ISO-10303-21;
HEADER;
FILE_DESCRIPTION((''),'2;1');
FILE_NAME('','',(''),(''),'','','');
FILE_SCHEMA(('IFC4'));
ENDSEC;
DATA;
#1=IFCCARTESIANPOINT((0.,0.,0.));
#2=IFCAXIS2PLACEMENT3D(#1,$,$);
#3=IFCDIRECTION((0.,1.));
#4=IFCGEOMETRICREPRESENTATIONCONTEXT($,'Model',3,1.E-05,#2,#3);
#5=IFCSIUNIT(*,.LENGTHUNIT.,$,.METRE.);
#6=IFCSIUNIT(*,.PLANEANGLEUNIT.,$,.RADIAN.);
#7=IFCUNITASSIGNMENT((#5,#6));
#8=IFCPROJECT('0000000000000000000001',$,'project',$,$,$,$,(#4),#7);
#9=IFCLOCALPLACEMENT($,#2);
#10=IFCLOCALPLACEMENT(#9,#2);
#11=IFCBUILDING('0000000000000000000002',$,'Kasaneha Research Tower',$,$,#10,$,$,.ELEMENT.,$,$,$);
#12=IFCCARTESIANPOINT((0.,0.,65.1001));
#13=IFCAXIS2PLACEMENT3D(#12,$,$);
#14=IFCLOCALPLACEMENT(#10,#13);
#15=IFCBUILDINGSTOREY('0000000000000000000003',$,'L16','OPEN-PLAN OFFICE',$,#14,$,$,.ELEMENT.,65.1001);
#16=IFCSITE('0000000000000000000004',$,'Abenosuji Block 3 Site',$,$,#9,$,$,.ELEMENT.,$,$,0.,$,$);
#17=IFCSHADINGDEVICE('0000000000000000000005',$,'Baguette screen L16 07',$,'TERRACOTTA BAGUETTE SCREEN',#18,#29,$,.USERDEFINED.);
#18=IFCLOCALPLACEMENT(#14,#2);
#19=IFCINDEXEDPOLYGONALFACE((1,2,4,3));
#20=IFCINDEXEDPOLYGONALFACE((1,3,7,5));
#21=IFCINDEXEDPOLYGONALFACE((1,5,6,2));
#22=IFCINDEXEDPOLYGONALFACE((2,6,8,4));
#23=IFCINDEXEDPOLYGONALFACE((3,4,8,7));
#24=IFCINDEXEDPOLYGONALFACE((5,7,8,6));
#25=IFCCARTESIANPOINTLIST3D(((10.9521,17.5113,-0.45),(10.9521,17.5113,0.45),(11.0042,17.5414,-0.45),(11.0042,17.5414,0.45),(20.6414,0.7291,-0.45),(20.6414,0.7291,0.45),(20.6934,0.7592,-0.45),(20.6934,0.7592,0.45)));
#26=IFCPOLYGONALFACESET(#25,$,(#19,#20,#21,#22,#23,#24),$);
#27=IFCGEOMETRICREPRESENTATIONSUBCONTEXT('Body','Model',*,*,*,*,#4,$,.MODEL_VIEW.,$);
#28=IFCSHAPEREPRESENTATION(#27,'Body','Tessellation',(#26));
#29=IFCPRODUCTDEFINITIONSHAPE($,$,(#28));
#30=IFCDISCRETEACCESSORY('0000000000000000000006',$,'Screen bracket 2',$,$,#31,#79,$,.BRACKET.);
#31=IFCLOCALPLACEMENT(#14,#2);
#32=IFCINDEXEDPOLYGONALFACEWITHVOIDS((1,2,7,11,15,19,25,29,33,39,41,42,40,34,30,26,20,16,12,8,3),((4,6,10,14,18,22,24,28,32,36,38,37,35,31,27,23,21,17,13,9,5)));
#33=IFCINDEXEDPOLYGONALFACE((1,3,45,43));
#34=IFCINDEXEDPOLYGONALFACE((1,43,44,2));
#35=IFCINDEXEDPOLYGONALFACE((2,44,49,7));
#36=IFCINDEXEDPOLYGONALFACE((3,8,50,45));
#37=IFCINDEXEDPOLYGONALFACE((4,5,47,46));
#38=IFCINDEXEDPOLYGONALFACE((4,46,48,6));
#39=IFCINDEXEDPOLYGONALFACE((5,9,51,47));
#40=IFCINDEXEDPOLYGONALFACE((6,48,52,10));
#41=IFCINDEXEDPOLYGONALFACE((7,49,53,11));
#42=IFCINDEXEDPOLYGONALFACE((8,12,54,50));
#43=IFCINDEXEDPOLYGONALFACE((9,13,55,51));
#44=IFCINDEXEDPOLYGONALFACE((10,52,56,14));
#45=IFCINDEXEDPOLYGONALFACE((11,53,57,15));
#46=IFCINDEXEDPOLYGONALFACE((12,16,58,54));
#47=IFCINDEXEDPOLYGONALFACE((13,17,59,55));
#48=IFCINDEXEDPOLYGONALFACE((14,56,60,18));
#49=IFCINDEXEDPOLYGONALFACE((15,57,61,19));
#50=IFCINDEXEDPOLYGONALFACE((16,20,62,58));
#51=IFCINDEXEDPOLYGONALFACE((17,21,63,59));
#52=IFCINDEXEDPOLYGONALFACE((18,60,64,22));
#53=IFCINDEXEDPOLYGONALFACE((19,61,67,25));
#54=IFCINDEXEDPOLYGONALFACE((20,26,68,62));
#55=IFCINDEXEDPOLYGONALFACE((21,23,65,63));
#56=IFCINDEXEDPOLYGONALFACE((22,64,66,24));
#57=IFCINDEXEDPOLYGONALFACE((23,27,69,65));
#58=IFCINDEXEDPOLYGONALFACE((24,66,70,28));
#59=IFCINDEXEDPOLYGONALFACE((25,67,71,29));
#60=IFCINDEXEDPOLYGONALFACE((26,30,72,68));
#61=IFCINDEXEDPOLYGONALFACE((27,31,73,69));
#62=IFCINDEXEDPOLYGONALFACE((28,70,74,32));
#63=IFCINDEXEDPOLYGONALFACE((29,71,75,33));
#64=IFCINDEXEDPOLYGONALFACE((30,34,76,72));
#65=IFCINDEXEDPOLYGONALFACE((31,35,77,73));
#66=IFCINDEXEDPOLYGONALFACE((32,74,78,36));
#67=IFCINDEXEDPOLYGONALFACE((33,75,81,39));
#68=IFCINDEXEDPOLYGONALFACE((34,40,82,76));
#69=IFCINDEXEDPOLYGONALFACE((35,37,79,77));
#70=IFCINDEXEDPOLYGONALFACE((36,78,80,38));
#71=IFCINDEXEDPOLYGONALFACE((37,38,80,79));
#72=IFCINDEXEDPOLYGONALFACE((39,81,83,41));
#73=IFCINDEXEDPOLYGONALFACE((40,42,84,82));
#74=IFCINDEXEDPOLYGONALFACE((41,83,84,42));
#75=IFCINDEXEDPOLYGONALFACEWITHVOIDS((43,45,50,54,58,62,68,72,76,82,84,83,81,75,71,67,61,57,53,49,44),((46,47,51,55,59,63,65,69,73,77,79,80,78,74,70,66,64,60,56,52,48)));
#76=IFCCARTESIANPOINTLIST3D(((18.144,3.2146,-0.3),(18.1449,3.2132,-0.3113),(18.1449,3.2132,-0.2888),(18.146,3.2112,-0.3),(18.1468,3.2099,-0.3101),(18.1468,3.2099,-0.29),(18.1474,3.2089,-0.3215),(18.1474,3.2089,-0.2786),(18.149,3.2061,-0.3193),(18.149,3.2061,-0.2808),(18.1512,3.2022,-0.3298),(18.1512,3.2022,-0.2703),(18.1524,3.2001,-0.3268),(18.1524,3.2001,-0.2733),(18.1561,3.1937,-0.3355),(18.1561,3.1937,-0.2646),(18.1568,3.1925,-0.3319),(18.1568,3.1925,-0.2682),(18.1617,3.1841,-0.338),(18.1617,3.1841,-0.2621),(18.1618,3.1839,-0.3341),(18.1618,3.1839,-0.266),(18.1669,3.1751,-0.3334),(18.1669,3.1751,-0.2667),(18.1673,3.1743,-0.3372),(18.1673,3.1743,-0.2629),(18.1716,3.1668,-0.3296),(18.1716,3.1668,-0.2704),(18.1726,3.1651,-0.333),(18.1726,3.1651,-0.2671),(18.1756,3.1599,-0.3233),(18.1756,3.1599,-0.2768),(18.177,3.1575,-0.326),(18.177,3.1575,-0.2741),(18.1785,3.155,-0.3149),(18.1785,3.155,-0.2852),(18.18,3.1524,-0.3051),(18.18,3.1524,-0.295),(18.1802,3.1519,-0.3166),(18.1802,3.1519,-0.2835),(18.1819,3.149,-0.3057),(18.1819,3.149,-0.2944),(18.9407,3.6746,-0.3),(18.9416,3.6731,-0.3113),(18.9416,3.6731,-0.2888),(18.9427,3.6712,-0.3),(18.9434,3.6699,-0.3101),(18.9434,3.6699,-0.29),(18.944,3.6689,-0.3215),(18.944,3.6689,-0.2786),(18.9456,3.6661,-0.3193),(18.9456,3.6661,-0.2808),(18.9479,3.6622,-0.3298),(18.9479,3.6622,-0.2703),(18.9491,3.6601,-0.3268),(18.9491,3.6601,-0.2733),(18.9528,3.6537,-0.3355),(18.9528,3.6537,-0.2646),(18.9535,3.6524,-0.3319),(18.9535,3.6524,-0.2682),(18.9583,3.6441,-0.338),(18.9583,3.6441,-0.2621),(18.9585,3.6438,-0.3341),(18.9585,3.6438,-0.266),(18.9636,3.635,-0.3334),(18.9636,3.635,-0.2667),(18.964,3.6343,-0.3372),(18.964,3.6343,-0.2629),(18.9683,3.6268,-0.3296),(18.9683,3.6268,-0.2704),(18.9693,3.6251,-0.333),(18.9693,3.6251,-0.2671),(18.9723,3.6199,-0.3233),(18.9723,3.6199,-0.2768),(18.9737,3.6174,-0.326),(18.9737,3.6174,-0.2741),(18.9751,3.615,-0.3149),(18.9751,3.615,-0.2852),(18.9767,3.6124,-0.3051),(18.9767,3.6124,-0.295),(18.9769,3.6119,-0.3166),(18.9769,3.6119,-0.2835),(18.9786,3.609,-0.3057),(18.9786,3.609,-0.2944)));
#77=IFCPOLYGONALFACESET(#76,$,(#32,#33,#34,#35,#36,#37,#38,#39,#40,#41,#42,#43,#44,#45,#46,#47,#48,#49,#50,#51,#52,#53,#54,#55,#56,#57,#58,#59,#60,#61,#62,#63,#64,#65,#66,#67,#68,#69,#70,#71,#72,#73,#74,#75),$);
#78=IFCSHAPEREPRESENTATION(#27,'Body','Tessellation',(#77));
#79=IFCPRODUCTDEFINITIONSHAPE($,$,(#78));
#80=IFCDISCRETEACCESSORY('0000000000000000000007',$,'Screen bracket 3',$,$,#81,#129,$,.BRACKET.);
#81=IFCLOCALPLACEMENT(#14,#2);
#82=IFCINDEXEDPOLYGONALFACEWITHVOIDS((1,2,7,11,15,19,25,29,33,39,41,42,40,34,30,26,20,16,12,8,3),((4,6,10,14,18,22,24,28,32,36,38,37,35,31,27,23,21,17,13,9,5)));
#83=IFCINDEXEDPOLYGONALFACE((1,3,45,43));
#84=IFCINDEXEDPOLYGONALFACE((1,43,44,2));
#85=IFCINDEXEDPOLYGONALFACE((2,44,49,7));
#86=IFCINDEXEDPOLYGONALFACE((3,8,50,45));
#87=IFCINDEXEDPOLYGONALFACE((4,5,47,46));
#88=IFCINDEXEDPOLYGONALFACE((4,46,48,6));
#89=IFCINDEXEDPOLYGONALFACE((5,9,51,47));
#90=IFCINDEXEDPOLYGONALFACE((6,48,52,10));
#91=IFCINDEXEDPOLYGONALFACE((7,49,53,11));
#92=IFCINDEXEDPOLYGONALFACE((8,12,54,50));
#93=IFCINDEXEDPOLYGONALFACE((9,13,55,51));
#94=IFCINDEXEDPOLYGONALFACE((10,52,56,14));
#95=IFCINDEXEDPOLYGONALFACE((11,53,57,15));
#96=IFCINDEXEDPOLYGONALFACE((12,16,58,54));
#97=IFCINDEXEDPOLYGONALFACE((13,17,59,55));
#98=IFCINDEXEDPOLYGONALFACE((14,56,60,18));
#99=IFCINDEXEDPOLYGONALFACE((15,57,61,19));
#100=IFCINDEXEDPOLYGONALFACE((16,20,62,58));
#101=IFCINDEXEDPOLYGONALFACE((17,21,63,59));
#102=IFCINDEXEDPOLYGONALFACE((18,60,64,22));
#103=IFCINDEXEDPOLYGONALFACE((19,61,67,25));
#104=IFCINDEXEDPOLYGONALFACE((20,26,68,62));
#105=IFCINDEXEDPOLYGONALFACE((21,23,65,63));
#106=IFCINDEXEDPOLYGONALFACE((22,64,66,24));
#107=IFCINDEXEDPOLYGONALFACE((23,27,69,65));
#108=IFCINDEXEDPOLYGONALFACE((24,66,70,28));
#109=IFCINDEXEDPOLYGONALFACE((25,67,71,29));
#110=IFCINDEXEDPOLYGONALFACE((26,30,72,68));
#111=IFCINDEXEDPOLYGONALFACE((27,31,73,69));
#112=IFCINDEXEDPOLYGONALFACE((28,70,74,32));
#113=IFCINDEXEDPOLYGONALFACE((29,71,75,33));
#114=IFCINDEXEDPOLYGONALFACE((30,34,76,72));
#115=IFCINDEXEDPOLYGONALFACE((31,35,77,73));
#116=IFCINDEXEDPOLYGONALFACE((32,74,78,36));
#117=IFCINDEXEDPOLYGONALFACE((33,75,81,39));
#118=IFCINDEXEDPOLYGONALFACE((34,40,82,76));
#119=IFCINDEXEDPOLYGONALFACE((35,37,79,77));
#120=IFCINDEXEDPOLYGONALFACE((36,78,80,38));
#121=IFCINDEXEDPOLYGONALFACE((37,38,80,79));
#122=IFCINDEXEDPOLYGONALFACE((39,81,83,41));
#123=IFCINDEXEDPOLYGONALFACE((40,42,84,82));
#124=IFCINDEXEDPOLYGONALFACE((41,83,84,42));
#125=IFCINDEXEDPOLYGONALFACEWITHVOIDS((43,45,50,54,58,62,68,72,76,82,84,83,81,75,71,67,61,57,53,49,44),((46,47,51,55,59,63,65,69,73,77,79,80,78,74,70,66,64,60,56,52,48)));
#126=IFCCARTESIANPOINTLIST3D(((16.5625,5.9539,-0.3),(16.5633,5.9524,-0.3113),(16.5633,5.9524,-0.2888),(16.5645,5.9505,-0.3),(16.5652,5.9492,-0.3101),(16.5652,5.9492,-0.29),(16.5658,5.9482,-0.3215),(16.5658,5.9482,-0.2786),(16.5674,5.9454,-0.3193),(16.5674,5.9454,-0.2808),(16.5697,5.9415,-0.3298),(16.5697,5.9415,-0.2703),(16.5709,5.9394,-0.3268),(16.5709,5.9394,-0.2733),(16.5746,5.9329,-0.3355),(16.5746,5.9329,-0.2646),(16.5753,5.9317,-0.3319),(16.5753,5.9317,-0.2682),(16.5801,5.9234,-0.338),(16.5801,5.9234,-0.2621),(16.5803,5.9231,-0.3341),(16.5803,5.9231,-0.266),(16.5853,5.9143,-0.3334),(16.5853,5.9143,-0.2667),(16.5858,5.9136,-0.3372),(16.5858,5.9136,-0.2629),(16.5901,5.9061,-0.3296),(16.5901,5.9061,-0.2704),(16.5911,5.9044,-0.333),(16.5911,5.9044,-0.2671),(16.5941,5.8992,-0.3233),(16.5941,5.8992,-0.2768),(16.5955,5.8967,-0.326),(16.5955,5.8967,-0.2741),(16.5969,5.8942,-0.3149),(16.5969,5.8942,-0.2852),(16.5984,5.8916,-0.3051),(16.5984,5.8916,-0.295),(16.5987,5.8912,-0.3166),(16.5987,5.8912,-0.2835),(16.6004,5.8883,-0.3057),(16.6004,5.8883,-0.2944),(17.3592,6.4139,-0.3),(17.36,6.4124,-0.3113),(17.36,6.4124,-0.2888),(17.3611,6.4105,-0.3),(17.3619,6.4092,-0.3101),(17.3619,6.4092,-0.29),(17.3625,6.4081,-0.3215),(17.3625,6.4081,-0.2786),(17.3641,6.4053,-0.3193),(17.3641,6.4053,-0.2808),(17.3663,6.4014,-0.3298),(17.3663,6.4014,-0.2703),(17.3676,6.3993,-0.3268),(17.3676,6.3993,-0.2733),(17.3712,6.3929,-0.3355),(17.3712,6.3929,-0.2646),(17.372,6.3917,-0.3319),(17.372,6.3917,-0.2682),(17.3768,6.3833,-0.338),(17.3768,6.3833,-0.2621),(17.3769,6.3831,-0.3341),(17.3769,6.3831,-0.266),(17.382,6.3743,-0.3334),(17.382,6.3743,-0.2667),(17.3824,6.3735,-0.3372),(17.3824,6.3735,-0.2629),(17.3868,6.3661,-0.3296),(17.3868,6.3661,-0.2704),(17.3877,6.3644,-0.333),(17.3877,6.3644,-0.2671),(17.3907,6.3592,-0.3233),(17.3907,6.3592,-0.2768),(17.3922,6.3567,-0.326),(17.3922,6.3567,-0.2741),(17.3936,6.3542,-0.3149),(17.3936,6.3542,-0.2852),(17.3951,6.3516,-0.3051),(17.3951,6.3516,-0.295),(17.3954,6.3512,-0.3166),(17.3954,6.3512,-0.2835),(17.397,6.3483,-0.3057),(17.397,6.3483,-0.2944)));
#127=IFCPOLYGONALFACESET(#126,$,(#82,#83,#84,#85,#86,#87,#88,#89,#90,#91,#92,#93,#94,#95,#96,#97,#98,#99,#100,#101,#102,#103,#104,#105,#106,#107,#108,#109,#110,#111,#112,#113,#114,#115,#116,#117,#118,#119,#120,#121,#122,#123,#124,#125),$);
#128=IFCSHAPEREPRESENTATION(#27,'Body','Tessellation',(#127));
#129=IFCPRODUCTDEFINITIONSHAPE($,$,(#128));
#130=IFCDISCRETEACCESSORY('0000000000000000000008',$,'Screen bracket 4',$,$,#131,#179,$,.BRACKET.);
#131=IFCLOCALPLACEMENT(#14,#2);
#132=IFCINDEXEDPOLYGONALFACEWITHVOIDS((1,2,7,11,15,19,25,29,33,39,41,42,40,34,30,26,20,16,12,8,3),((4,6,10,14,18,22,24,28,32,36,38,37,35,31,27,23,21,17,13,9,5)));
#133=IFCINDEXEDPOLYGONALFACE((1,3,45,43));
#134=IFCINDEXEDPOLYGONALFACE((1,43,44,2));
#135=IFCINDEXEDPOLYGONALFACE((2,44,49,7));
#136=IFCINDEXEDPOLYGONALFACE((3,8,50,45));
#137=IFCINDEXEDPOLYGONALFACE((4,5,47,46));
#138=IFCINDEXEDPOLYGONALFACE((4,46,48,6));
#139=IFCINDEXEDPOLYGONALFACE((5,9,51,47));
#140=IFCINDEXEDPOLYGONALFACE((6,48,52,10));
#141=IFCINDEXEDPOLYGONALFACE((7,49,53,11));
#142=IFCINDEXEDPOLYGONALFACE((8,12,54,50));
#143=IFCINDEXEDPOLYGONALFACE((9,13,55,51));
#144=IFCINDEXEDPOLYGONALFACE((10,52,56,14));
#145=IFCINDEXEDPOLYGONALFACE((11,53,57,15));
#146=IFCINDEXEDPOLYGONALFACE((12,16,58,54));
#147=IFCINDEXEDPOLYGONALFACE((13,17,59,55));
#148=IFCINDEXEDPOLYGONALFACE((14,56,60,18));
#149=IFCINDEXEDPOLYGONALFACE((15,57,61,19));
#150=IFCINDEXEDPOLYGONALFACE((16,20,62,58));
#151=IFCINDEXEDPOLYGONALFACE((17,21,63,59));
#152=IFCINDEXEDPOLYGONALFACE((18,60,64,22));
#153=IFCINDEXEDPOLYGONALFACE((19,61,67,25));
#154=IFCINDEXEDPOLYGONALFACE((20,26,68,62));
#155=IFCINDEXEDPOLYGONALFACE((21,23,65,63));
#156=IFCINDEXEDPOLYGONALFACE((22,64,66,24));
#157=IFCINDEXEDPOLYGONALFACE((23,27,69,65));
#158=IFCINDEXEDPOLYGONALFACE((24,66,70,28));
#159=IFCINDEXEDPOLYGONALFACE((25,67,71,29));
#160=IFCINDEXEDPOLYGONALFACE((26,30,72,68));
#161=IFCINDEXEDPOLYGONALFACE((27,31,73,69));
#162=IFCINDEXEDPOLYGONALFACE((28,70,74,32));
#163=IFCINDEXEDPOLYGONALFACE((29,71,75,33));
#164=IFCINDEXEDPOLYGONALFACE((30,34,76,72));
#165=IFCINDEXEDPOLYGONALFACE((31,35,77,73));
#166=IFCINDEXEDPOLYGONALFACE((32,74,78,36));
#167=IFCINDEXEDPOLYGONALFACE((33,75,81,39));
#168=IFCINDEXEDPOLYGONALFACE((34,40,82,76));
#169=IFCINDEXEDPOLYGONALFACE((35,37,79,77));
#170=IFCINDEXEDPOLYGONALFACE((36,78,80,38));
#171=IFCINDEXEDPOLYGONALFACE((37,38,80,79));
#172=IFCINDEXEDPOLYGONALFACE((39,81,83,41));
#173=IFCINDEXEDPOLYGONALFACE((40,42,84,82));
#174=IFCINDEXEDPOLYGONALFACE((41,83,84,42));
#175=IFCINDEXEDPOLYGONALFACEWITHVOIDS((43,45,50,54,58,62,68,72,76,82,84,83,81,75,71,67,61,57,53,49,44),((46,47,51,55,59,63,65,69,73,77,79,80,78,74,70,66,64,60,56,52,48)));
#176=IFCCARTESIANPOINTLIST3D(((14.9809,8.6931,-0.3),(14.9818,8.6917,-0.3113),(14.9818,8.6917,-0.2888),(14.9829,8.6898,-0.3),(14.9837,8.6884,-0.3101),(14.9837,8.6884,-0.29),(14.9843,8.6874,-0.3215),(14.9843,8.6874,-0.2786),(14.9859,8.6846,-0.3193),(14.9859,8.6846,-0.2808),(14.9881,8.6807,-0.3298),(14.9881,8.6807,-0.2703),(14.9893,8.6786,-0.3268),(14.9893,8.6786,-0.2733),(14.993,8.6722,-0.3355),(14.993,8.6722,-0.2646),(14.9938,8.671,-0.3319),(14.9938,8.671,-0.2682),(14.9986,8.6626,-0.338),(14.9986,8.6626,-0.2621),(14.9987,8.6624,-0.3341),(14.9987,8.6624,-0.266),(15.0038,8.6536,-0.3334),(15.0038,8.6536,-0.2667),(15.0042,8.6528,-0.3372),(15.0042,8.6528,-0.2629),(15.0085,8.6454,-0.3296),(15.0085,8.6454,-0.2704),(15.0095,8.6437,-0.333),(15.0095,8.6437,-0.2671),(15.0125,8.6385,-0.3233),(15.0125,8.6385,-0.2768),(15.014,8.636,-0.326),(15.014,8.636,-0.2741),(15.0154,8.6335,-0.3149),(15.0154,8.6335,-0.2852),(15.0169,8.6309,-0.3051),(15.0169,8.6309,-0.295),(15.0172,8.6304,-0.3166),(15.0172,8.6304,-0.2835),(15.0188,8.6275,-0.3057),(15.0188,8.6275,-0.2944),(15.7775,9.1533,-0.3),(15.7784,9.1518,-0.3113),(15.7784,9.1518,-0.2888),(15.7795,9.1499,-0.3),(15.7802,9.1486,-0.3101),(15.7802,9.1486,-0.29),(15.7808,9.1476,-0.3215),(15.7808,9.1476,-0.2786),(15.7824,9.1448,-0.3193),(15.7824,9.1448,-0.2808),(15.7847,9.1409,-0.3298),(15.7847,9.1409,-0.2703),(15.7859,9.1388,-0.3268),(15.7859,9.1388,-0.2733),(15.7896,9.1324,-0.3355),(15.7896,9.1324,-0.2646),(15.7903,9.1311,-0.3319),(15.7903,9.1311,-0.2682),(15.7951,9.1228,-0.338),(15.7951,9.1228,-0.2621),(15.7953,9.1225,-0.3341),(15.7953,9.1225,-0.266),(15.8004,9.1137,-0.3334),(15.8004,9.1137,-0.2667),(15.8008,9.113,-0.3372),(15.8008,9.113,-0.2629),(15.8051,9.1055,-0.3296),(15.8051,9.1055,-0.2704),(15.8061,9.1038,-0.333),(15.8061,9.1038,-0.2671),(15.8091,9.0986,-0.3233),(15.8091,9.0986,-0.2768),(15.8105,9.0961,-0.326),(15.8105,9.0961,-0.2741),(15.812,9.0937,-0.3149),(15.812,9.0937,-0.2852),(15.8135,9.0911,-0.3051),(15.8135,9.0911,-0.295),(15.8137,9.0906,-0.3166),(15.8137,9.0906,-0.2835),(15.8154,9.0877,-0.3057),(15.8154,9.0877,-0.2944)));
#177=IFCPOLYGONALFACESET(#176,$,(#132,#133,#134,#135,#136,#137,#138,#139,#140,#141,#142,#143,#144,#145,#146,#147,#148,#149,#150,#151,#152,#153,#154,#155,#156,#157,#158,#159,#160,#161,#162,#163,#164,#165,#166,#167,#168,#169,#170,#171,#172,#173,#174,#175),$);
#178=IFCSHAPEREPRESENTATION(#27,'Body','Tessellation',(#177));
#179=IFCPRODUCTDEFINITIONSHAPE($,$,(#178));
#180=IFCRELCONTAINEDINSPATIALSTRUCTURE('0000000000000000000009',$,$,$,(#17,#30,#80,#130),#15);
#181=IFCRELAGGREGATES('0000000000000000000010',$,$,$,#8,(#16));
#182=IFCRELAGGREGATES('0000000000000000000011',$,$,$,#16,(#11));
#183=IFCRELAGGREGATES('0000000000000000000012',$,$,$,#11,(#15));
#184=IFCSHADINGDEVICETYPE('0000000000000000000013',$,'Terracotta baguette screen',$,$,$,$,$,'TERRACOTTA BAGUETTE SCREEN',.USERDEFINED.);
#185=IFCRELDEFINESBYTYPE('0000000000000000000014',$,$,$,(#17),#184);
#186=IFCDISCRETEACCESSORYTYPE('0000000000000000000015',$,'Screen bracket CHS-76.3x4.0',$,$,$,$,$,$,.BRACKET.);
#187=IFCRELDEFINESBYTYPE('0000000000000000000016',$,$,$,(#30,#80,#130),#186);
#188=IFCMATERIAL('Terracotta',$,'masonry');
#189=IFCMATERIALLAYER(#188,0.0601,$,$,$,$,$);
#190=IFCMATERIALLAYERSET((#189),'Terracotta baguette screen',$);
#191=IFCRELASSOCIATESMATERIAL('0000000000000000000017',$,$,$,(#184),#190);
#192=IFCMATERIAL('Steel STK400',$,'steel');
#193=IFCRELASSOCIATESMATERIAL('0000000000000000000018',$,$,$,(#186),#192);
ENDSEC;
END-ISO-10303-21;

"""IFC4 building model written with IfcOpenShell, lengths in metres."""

from ifc_helpers import new_model, si_unit, direction, frame, origin, origin_2d, place, context, subcontext, project, spatial, rectangle, hollow_circle, extrude, material, layer, layer_set, material_profile, profile_set, type_object, element, save


model = new_model("IFC4")

# Units and contexts
model_context = context("Model", 3, precision=1e-05, world=origin(), true_north=direction((0.0, 1.0)))
body_context = subcontext(model_context, "Body", "Model", "MODEL_VIEW")
ifc_project = project(units=[si_unit("LENGTHUNIT", "METRE"), si_unit("PLANEANGLEUNIT", "RADIAN")], contexts=[model_context])

# Site, building, storey
site_placement = place(None, origin())
site = spatial("IfcSite", under=ifc_project, at=site_placement, Name="Abenosuji Block 3 Site", CompositionType="ELEMENT", RefElevation=0.0)
building_placement = place(site_placement, origin())
building = spatial("IfcBuilding", under=site, at=building_placement, Name="Kasaneha Research Tower", CompositionType="ELEMENT")
storey_placement = place(building_placement, frame((0.0, 0.0, 65.1001)))
storey = spatial("IfcBuildingStorey", under=building, at=storey_placement, Name="L16", Description="OPEN-PLAN OFFICE", CompositionType="ELEMENT", Elevation=65.1001)

# Shading device
ifc_material_1 = material(Name="Terracotta", Category="masonry")
ifc_layer_1 = layer(ifc_material_1, 0.0601)
ifc_layer_set_1 = layer_set([ifc_layer_1], Name="Terracotta baguette screen")
shading_device_type = type_object("IfcShadingDeviceType", Name="Terracotta baguette screen", ElementType="TERRACOTTA BAGUETTE SCREEN", PredefinedType="USERDEFINED", material=ifc_layer_set_1)
shading_device_placement = place(storey_placement, frame((15.8228, 9.1353, -0.45), z_axis=(0.0, 0.0, 1.0), x_axis=(-0.5, 0.866025, 0.0)))
element("IfcShadingDevice", 1, at=shading_device_placement, inside=storey, type_object=shading_device_type, Name="Baguette screen L16 07", ObjectType="TERRACOTTA BAGUETTE SCREEN", PredefinedType="USERDEFINED", context=body_context, shape_type="SweptSolid", body=[
    extrude(rectangle(XDim=19.3784, YDim=0.0601, at=origin_2d()), origin(), (0.0, 0.0, 1.0), 0.8999),
])

# Discrete accessories
ifc_material_2 = material(Name="Steel STK400", Category="steel")
ifc_material_profile_1 = material_profile(ifc_material_2, hollow_circle(Radius=0.0381, WallThickness=0.0039, at=origin_2d()), Name="CHS-76.3x4.0")
ifc_profile_set_1 = profile_set([ifc_material_profile_1], Name="Steel STK400")
discrete_accessory_type = type_object("IfcDiscreteAccessoryType", Name="Screen bracket CHS-76.3x4.0", PredefinedType="BRACKET", material=ifc_profile_set_1)
for number, where, z_axis, x_axis, name in (
    (2, (18.1631, 3.1816, -0.3), (0.866013, 0.500021, 0.0), (-0.500021, 0.866013, 0.0), "Screen bracket 2"),
    (3, (16.5815, 5.9209, -0.3), (0.866013, 0.500021, 0.0), (-0.500021, 0.866013, 0.0), "Screen bracket 3"),
    (4, (15.0, 8.6602, -0.3), (0.865898, 0.50022, 0.0), (-0.50022, 0.865898, 0.0), "Screen bracket 4"),
):
    element("IfcDiscreteAccessory", number, at=place(storey_placement, frame(where, z_axis=z_axis, x_axis=x_axis)), inside=storey, type_object=discrete_accessory_type, Name=name, PredefinedType="BRACKET", context=body_context, shape_type="SweptSolid", body=[
        extrude(hollow_circle(Radius=0.0381, WallThickness=0.0039, at=origin_2d()), origin(), (0.0, 0.0, 1.0), 0.9199),
    ])

save(model, "model.ifc")
